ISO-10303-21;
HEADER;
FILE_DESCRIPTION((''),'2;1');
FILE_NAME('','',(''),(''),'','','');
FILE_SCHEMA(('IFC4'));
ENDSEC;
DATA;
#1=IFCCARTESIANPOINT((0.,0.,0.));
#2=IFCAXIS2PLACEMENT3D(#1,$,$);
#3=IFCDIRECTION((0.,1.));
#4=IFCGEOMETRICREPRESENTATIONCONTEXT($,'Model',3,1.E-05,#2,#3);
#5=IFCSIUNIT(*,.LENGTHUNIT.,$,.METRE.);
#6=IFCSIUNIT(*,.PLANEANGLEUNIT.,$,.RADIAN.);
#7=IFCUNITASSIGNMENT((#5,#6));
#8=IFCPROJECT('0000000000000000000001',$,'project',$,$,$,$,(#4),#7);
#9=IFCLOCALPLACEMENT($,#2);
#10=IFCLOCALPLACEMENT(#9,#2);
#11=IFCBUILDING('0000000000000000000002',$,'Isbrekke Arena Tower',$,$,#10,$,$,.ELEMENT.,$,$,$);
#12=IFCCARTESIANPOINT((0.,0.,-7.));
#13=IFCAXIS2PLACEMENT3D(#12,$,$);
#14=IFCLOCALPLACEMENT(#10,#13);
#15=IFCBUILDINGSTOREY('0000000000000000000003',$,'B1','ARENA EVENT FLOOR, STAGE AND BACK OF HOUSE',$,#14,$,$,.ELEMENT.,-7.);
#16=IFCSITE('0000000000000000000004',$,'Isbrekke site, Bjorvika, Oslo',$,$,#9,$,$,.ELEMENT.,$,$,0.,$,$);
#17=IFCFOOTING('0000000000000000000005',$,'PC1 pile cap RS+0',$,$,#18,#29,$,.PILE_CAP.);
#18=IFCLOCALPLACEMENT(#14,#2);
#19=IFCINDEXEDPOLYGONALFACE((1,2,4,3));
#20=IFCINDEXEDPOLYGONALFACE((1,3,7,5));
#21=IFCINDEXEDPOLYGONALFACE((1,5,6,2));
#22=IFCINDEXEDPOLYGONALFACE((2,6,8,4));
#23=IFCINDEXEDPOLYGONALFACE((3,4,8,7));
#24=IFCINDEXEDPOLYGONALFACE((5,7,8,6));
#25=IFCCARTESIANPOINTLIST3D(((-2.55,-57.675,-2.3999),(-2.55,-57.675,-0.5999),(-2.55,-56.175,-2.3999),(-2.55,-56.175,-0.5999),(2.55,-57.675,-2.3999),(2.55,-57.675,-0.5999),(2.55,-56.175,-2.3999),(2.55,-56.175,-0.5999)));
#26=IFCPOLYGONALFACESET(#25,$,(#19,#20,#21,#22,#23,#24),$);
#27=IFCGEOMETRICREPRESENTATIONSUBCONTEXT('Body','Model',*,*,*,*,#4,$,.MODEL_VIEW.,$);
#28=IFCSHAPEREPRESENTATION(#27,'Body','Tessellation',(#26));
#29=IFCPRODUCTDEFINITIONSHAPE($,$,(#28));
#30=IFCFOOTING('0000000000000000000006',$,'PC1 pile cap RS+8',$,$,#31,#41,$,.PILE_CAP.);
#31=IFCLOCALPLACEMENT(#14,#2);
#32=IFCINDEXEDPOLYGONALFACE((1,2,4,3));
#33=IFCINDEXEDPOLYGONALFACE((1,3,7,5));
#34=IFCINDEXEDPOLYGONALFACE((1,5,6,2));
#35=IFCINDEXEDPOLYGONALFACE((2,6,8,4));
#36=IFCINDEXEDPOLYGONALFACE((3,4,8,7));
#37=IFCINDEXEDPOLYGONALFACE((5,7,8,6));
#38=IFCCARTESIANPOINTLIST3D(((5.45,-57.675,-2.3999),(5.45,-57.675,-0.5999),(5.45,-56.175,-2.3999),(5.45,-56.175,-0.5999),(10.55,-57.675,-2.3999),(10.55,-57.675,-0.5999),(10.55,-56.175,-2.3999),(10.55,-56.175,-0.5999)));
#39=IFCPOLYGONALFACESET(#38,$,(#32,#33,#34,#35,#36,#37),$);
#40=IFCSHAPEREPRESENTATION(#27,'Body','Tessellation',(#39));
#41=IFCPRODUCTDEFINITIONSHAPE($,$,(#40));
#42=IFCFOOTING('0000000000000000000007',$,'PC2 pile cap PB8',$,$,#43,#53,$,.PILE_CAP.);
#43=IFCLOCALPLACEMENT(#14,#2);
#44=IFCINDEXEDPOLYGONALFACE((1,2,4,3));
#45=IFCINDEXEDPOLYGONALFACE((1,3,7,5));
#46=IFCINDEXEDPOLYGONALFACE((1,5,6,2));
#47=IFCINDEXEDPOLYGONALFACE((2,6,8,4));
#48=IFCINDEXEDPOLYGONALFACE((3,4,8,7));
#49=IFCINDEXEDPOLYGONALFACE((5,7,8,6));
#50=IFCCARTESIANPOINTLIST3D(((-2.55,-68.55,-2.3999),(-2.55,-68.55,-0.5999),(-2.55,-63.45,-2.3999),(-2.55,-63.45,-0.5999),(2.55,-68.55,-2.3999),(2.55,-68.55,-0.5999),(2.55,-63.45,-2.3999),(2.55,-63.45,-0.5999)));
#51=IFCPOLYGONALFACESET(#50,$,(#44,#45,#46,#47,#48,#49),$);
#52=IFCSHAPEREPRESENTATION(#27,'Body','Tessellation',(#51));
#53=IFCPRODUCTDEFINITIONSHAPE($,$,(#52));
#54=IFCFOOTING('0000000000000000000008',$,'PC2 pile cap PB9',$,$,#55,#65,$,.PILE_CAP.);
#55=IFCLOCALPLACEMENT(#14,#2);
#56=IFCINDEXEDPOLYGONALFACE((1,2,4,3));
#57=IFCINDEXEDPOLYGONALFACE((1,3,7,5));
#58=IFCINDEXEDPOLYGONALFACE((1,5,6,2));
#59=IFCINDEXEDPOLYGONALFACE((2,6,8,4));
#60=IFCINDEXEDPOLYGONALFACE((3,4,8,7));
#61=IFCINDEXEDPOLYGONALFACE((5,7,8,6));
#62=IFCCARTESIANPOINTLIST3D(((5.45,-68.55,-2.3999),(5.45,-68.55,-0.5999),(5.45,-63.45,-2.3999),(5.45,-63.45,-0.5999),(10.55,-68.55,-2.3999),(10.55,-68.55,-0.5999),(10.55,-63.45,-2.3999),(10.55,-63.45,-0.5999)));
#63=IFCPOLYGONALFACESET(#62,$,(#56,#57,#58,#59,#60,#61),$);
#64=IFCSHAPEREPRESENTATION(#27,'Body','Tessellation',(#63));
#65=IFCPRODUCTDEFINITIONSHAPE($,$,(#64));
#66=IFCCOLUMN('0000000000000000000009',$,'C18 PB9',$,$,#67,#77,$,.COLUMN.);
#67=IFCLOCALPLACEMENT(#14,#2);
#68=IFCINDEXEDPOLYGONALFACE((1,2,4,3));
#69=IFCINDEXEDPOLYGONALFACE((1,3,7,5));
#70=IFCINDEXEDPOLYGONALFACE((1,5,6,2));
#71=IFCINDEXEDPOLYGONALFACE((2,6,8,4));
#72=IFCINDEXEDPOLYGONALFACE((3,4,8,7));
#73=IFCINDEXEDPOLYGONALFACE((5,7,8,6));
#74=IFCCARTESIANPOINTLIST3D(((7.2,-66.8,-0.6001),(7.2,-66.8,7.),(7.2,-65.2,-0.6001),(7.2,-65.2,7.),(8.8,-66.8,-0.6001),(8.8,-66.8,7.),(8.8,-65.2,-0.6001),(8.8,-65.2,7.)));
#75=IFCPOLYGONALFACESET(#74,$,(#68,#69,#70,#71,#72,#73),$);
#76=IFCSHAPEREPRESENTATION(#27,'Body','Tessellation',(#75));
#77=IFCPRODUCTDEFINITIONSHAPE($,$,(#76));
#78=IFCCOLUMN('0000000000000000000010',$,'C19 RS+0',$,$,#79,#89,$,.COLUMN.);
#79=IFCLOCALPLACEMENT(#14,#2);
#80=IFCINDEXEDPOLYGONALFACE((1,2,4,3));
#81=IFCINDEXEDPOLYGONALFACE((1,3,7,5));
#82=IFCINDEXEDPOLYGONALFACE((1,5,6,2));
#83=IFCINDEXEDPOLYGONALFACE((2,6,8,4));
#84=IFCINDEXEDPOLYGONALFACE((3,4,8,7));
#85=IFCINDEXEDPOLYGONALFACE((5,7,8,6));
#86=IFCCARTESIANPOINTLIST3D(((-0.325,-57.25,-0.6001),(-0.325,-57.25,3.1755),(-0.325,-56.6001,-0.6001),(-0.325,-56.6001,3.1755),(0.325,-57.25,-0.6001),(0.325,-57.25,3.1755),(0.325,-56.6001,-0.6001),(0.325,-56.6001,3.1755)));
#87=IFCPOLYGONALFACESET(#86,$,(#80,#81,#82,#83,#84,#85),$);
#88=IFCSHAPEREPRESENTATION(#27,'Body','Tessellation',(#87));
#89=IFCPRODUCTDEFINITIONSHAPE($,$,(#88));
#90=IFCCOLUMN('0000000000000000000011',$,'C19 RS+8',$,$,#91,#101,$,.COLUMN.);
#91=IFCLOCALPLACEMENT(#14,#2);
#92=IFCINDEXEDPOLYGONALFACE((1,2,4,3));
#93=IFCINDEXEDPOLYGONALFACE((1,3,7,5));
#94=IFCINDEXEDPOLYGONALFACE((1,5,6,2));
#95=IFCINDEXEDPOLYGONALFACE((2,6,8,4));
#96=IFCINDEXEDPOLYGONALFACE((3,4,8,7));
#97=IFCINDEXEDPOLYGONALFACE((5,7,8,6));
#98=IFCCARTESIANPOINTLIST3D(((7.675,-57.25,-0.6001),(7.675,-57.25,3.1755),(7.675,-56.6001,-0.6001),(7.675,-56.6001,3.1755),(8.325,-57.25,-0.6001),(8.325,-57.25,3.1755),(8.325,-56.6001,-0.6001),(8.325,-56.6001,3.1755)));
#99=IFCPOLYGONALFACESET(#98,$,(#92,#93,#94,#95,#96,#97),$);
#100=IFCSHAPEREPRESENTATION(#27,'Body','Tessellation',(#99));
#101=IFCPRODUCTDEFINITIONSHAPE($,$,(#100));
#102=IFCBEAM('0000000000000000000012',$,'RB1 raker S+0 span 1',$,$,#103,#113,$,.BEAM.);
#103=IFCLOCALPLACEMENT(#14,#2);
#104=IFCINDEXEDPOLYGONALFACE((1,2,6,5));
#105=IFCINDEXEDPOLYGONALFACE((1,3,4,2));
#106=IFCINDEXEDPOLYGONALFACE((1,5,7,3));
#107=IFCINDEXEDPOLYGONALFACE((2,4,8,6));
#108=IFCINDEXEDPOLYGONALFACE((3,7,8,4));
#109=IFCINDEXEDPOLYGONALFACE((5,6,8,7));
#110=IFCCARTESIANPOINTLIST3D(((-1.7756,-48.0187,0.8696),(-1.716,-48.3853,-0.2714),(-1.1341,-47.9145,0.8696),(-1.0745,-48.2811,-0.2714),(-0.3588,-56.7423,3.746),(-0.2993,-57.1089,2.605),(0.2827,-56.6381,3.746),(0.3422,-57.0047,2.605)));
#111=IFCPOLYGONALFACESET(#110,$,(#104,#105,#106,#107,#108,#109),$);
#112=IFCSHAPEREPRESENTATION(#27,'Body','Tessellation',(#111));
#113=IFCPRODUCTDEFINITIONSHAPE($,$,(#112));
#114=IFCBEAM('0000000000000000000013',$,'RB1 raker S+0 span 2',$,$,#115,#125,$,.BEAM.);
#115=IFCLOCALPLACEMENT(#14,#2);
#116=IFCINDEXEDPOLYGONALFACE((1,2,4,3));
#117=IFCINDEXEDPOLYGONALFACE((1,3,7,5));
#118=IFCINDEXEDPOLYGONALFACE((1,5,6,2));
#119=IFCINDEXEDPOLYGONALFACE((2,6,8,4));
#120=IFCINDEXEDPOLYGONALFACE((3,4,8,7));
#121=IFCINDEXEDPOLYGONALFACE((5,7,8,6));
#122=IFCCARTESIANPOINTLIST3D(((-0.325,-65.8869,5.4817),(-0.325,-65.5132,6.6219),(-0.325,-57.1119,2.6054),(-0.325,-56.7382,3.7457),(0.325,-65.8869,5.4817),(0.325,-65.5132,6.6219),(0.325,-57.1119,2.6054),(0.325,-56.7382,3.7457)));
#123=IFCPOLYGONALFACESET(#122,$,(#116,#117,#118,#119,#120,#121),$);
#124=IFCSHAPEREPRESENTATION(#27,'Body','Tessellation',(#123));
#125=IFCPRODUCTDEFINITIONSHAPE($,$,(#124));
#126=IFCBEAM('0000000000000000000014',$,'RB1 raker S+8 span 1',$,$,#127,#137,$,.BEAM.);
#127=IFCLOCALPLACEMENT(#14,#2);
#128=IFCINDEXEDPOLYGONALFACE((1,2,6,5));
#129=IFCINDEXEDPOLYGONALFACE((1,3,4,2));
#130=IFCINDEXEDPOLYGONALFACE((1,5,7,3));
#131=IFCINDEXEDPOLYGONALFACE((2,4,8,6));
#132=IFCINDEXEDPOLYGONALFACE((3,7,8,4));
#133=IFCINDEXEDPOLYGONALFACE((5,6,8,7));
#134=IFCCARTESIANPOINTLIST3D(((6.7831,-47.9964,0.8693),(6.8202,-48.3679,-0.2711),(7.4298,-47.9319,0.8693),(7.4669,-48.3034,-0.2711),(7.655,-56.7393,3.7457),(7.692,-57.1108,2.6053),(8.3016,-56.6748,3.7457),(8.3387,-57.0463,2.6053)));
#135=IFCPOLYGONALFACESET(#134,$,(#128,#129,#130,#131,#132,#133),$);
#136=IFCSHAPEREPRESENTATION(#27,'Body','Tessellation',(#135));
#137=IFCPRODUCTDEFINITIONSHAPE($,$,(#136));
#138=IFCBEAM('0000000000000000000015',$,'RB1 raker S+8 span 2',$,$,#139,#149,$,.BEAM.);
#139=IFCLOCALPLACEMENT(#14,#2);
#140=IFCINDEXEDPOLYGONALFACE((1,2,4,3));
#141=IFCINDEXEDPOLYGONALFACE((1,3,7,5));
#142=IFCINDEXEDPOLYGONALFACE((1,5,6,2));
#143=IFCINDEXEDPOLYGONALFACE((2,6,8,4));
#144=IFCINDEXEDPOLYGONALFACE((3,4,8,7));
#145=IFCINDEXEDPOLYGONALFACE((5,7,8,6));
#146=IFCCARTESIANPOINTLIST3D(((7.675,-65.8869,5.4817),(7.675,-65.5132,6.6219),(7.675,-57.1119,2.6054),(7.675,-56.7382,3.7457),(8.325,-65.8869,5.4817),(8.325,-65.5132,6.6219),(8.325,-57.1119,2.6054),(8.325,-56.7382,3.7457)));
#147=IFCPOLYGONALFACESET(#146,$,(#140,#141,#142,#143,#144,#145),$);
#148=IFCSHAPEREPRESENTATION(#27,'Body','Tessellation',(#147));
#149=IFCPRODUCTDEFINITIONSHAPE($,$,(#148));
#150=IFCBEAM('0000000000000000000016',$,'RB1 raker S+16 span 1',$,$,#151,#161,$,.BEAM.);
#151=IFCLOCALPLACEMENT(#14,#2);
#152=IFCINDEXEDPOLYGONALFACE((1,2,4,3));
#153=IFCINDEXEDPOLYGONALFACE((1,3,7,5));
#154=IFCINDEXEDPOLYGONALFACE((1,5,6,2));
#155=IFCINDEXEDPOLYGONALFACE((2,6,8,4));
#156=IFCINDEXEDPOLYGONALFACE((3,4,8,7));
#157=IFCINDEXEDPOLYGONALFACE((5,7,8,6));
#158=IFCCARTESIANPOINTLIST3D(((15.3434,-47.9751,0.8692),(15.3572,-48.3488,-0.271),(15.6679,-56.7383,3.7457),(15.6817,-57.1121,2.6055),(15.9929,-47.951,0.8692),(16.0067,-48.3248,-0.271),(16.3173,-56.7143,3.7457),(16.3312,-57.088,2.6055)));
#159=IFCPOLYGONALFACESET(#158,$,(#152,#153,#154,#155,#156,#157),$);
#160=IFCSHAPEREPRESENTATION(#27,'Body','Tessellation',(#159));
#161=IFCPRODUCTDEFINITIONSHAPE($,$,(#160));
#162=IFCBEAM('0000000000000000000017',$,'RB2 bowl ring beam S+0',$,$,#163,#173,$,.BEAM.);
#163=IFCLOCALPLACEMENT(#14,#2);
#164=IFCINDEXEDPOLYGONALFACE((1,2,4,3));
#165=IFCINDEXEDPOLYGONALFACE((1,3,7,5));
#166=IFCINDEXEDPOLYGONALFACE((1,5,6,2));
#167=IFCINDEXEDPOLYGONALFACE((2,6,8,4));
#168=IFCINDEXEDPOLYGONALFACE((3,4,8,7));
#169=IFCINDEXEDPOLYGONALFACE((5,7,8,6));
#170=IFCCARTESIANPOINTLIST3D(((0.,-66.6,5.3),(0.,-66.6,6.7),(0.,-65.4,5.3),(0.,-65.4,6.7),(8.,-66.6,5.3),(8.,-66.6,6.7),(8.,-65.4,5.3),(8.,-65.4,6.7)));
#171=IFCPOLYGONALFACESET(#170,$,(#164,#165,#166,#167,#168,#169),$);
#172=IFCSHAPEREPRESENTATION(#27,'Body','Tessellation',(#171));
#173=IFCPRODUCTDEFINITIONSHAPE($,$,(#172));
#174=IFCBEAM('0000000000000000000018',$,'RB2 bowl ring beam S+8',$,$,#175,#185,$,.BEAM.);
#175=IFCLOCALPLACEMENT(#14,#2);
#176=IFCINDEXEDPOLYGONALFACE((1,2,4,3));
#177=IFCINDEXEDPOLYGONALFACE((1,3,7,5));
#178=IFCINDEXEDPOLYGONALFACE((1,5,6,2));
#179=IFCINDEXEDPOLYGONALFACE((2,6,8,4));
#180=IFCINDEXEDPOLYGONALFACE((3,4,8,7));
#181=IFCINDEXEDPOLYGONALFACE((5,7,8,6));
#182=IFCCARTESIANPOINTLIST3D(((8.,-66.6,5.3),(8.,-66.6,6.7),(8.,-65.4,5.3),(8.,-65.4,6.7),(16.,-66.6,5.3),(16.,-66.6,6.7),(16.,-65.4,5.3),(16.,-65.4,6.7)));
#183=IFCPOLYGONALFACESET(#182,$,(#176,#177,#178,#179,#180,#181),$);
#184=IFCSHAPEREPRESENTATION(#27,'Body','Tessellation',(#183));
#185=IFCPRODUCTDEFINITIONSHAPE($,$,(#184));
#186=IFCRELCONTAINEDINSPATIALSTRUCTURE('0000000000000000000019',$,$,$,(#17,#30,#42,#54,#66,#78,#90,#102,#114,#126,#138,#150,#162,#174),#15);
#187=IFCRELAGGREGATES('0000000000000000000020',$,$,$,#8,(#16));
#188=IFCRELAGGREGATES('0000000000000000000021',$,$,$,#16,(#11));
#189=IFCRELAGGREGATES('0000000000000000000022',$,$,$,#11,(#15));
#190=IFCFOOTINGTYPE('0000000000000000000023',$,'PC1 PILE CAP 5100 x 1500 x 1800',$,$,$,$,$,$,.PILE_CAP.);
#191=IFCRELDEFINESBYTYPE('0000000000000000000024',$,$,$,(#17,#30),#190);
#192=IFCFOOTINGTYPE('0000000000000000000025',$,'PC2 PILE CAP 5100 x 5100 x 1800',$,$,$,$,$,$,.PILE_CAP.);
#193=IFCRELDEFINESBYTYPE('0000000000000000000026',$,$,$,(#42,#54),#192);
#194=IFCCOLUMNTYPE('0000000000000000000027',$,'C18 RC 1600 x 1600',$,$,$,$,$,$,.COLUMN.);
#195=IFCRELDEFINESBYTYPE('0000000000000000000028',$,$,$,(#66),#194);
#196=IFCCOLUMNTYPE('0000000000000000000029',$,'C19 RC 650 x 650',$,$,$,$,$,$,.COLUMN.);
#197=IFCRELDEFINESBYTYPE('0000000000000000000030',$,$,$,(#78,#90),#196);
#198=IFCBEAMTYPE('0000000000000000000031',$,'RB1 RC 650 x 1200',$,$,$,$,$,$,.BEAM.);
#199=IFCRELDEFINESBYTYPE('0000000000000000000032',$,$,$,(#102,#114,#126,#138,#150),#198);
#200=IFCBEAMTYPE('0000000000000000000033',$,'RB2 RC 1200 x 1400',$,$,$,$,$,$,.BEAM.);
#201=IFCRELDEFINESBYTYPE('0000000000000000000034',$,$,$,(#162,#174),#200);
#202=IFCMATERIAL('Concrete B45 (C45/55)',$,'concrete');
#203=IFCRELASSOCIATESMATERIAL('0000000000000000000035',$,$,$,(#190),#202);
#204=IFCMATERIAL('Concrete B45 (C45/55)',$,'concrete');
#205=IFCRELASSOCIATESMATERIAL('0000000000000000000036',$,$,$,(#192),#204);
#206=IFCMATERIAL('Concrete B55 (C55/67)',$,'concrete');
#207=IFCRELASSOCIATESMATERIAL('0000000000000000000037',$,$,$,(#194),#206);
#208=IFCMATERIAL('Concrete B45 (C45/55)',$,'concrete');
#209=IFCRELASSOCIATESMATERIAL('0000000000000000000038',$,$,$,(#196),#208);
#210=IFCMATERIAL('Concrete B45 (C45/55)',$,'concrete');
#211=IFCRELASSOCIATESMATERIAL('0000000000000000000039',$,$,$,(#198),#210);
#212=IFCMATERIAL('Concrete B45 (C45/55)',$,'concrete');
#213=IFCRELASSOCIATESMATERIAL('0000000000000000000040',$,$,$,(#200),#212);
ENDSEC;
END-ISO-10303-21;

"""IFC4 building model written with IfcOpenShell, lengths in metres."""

from ifc_helpers import new_model, si_unit, direction, frame, origin, origin_2d, place, context, subcontext, project, spatial, rectangle, extrude, material, material_profile, profile_set, type_object, element, save


model = new_model("IFC4")

# Units and contexts
model_context = context("Model", 3, precision=1e-05, world=origin(), true_north=direction((0.0, 1.0)))
body_context = subcontext(model_context, "Body", "Model", "MODEL_VIEW")
ifc_project = project(units=[si_unit("LENGTHUNIT", "METRE"), si_unit("PLANEANGLEUNIT", "RADIAN")], contexts=[model_context])

# Site, building, storey
site_placement = place(None, origin())
site = spatial("IfcSite", under=ifc_project, at=site_placement, Name="Isbrekke site, Bjorvika, Oslo", CompositionType="ELEMENT", RefElevation=0.0)
building_placement = place(site_placement, origin())
building = spatial("IfcBuilding", under=site, at=building_placement, Name="Isbrekke Arena Tower", CompositionType="ELEMENT")
storey_placement = place(building_placement, frame((0.0, 0.0, -7.0)))
storey = spatial("IfcBuildingStorey", under=building, at=storey_placement, Name="B1", Description="ARENA EVENT FLOOR, STAGE AND BACK OF HOUSE", CompositionType="ELEMENT", Elevation=-7.0)

# Footings
ifc_material_1 = material(Name="Concrete B45 (C45/55)", Category="concrete")
footing_type_1 = type_object("IfcFootingType", Name="PC1 PILE CAP 5100 x 1500 x 1800", PredefinedType="PILE_CAP", material=ifc_material_1)
for number, where, z_axis, x_axis, name in (
    (1, (0.0, -56.925, -2.3999), (0.0, 0.0, 1.0), (1.0, 0.0, 0.0), "PC1 pile cap RS+0"),
    (2, (8.0, -56.925, -2.3999), (0.0, 0.0, 1.0), (1.0, 0.0, 0.0), "PC1 pile cap RS+8"),
):
    element("IfcFooting", number, at=place(storey_placement, frame(where, z_axis=z_axis, x_axis=x_axis)), inside=storey, type_object=footing_type_1, Name=name, PredefinedType="PILE_CAP", context=body_context, shape_type="SweptSolid", body=[
        extrude(rectangle(XDim=5.1001, YDim=1.5, at=origin_2d()), origin(), (0.0, 0.0, 1.0), 1.8),
    ])
ifc_material_2 = material(Name="Concrete B45 (C45/55)", Category="concrete")
footing_type_2 = type_object("IfcFootingType", Name="PC2 PILE CAP 5100 x 5100 x 1800", PredefinedType="PILE_CAP", material=ifc_material_2)
for number, where, z_axis, x_axis, name in (
    (3, (0.0, -66.0, -2.3999), (0.0, 0.0, 1.0), (1.0, 0.0, 0.0), "PC2 pile cap PB8"),
    (4, (8.0, -66.0, -2.3999), (0.0, 0.0, 1.0), (1.0, 0.0, 0.0), "PC2 pile cap PB9"),
):
    element("IfcFooting", number, at=place(storey_placement, frame(where, z_axis=z_axis, x_axis=x_axis)), inside=storey, type_object=footing_type_2, Name=name, PredefinedType="PILE_CAP", context=body_context, shape_type="SweptSolid", body=[
        extrude(rectangle(XDim=5.1001, YDim=5.1001, at=origin_2d()), origin(), (0.0, 0.0, 1.0), 1.8),
    ])

# Columns
ifc_material_3 = material(Name="Concrete B55 (C55/67)", Category="concrete")
ifc_material_profile_1 = material_profile(ifc_material_3, rectangle(XDim=1.6001, YDim=1.6001, at=origin_2d()), Name="RC 1600x1600")
ifc_profile_set_1 = profile_set([ifc_material_profile_1], Name="Concrete B55 (C55/67)")
column_type_1 = type_object("IfcColumnType", Name="C18 RC 1600 x 1600", PredefinedType="COLUMN", material=ifc_profile_set_1)
column_placement = place(storey_placement, frame((8.0, -66.0, -0.6001), z_axis=(0.0, 0.0, 1.0), x_axis=(1.0, 0.0, 0.0)))
element("IfcColumn", 5, at=column_placement, inside=storey, type_object=column_type_1, Name="C18 PB9", PredefinedType="COLUMN", context=body_context, shape_type="SweptSolid", body=[
    extrude(rectangle(XDim=1.6001, YDim=1.6001, at=origin_2d()), origin(), (0.0, 0.0, 1.0), 7.6001),
])
ifc_material_4 = material(Name="Concrete B45 (C45/55)", Category="concrete")
ifc_material_profile_2 = material_profile(ifc_material_4, rectangle(XDim=0.6499, YDim=0.6499, at=origin_2d()), Name="RC 650x650")
ifc_profile_set_2 = profile_set([ifc_material_profile_2], Name="Concrete B45 (C45/55)")
column_type_2 = type_object("IfcColumnType", Name="C19 RC 650 x 650", PredefinedType="COLUMN", material=ifc_profile_set_2)
for number, where, z_axis, x_axis, name in (
    (6, (0.0, -56.925, -0.6001), (0.0, 0.0, 1.0), (1.0, 0.0, 0.0), "C19 RS+0"),
    (7, (8.0, -56.925, -0.6001), (0.0, 0.0, 1.0), (1.0, 0.0, 0.0), "C19 RS+8"),
):
    element("IfcColumn", number, at=place(storey_placement, frame(where, z_axis=z_axis, x_axis=x_axis)), inside=storey, type_object=column_type_2, Name=name, PredefinedType="COLUMN", context=body_context, shape_type="SweptSolid", body=[
        extrude(rectangle(XDim=0.6499, YDim=0.6499, at=origin_2d()), origin(), (0.0, 0.0, 1.0), 3.7756),
    ])

# Beams
ifc_material_5 = material(Name="Concrete B45 (C45/55)", Category="concrete")
ifc_material_profile_3 = material_profile(ifc_material_5, rectangle(XDim=0.6499, YDim=1.2, at=origin_2d()), Name="RC 650x1200")
ifc_profile_set_3 = profile_set([ifc_material_profile_3], Name="Concrete B45 (C45/55)")
beam_type_1 = type_object("IfcBeamType", Name="RB1 RC 650 x 1200", PredefinedType="BEAM", material=ifc_profile_set_3)
beam_1_placement = place(storey_placement, frame((-1.425, -48.1499, 0.2991), z_axis=(0.152433, -0.938606, 0.309489), x_axis=(0.987068, 0.160303, 0.0)))
element("IfcBeam", 8, at=beam_1_placement, inside=storey, type_object=beam_type_1, Name="RB1 raker S+0 span 1", PredefinedType="BEAM", context=body_context, shape_type="SweptSolid", body=[
    extrude(rectangle(XDim=0.6499, YDim=1.2, at=origin_2d()), origin(), (0.0, 0.0, 1.0), 9.2942),
])
beam_2_placement = place(storey_placement, frame((0.0, -56.925, 3.1755), z_axis=(0.0, -0.950255, 0.311473), x_axis=(1.0, 0.0, 0.0)))
element("IfcBeam", 9, at=beam_2_placement, inside=storey, type_object=beam_type_1, Name="RB1 raker S+0 span 2", PredefinedType="BEAM", context=body_context, shape_type="SweptSolid", body=[
    extrude(rectangle(XDim=0.6499, YDim=1.2, at=origin_2d()), origin(), (0.0, 0.0, 1.0), 9.2344),
])
beam_3_placement = place(storey_placement, frame((7.125, -48.1499, 0.2991), z_axis=(0.094301, -0.945676, 0.311132), x_axis=(0.995065, 0.099226, 0.0)))
element("IfcBeam", 10, at=beam_3_placement, inside=storey, type_object=beam_type_1, Name="RB1 raker S+8 span 1", PredefinedType="BEAM", context=body_context, shape_type="SweptSolid", body=[
    extrude(rectangle(XDim=0.6499, YDim=1.2, at=origin_2d()), origin(), (0.0, 0.0, 1.0), 9.2451),
])
beam_4_placement = place(storey_placement, frame((8.0, -56.925, 3.1755), z_axis=(0.0, -0.950255, 0.311473), x_axis=(1.0, 0.0, 0.0)))
element("IfcBeam", 11, at=beam_4_placement, inside=storey, type_object=beam_type_1, Name="RB1 raker S+8 span 2", PredefinedType="BEAM", context=body_context, shape_type="SweptSolid", body=[
    extrude(rectangle(XDim=0.6499, YDim=1.2, at=origin_2d()), origin(), (0.0, 0.0, 1.0), 9.2344),
])
beam_5_placement = place(storey_placement, frame((15.675, -48.1499, 0.2991), z_axis=(0.035157, -0.949537, 0.31168), x_axis=(0.999315, 0.037, 0.0)))
element("IfcBeam", 12, at=beam_5_placement, inside=storey, type_object=beam_type_1, Name="RB1 raker S+16 span 1", PredefinedType="BEAM", context=body_context, shape_type="SweptSolid", body=[
    extrude(rectangle(XDim=0.6499, YDim=1.2, at=origin_2d()), origin(), (0.0, 0.0, 1.0), 9.229),
])
ifc_material_6 = material(Name="Concrete B45 (C45/55)", Category="concrete")
ifc_material_profile_4 = material_profile(ifc_material_6, rectangle(XDim=1.2, YDim=1.3999, at=origin_2d()), Name="RC 1200x1400")
ifc_profile_set_4 = profile_set([ifc_material_profile_4], Name="Concrete B45 (C45/55)")
beam_type_2 = type_object("IfcBeamType", Name="RB2 RC 1200 x 1400", PredefinedType="BEAM", material=ifc_profile_set_4)
for number, where, z_axis, x_axis, name in (
    (13, (0.0, -66.0, 6.0), (1.0, 0.0, 0.0), (0.0, 1.0, 0.0), "RB2 bowl ring beam S+0"),
    (14, (8.0, -66.0, 6.0), (1.0, 0.0, 0.0), (0.0, 1.0, 0.0), "RB2 bowl ring beam S+8"),
):
    element("IfcBeam", number, at=place(storey_placement, frame(where, z_axis=z_axis, x_axis=x_axis)), inside=storey, type_object=beam_type_2, Name=name, PredefinedType="BEAM", context=body_context, shape_type="SweptSolid", body=[
        extrude(rectangle(XDim=1.2, YDim=1.3999, at=origin_2d()), origin(), (0.0, 0.0, 1.0), 8.0),
    ])

save(model, "model.ifc")
